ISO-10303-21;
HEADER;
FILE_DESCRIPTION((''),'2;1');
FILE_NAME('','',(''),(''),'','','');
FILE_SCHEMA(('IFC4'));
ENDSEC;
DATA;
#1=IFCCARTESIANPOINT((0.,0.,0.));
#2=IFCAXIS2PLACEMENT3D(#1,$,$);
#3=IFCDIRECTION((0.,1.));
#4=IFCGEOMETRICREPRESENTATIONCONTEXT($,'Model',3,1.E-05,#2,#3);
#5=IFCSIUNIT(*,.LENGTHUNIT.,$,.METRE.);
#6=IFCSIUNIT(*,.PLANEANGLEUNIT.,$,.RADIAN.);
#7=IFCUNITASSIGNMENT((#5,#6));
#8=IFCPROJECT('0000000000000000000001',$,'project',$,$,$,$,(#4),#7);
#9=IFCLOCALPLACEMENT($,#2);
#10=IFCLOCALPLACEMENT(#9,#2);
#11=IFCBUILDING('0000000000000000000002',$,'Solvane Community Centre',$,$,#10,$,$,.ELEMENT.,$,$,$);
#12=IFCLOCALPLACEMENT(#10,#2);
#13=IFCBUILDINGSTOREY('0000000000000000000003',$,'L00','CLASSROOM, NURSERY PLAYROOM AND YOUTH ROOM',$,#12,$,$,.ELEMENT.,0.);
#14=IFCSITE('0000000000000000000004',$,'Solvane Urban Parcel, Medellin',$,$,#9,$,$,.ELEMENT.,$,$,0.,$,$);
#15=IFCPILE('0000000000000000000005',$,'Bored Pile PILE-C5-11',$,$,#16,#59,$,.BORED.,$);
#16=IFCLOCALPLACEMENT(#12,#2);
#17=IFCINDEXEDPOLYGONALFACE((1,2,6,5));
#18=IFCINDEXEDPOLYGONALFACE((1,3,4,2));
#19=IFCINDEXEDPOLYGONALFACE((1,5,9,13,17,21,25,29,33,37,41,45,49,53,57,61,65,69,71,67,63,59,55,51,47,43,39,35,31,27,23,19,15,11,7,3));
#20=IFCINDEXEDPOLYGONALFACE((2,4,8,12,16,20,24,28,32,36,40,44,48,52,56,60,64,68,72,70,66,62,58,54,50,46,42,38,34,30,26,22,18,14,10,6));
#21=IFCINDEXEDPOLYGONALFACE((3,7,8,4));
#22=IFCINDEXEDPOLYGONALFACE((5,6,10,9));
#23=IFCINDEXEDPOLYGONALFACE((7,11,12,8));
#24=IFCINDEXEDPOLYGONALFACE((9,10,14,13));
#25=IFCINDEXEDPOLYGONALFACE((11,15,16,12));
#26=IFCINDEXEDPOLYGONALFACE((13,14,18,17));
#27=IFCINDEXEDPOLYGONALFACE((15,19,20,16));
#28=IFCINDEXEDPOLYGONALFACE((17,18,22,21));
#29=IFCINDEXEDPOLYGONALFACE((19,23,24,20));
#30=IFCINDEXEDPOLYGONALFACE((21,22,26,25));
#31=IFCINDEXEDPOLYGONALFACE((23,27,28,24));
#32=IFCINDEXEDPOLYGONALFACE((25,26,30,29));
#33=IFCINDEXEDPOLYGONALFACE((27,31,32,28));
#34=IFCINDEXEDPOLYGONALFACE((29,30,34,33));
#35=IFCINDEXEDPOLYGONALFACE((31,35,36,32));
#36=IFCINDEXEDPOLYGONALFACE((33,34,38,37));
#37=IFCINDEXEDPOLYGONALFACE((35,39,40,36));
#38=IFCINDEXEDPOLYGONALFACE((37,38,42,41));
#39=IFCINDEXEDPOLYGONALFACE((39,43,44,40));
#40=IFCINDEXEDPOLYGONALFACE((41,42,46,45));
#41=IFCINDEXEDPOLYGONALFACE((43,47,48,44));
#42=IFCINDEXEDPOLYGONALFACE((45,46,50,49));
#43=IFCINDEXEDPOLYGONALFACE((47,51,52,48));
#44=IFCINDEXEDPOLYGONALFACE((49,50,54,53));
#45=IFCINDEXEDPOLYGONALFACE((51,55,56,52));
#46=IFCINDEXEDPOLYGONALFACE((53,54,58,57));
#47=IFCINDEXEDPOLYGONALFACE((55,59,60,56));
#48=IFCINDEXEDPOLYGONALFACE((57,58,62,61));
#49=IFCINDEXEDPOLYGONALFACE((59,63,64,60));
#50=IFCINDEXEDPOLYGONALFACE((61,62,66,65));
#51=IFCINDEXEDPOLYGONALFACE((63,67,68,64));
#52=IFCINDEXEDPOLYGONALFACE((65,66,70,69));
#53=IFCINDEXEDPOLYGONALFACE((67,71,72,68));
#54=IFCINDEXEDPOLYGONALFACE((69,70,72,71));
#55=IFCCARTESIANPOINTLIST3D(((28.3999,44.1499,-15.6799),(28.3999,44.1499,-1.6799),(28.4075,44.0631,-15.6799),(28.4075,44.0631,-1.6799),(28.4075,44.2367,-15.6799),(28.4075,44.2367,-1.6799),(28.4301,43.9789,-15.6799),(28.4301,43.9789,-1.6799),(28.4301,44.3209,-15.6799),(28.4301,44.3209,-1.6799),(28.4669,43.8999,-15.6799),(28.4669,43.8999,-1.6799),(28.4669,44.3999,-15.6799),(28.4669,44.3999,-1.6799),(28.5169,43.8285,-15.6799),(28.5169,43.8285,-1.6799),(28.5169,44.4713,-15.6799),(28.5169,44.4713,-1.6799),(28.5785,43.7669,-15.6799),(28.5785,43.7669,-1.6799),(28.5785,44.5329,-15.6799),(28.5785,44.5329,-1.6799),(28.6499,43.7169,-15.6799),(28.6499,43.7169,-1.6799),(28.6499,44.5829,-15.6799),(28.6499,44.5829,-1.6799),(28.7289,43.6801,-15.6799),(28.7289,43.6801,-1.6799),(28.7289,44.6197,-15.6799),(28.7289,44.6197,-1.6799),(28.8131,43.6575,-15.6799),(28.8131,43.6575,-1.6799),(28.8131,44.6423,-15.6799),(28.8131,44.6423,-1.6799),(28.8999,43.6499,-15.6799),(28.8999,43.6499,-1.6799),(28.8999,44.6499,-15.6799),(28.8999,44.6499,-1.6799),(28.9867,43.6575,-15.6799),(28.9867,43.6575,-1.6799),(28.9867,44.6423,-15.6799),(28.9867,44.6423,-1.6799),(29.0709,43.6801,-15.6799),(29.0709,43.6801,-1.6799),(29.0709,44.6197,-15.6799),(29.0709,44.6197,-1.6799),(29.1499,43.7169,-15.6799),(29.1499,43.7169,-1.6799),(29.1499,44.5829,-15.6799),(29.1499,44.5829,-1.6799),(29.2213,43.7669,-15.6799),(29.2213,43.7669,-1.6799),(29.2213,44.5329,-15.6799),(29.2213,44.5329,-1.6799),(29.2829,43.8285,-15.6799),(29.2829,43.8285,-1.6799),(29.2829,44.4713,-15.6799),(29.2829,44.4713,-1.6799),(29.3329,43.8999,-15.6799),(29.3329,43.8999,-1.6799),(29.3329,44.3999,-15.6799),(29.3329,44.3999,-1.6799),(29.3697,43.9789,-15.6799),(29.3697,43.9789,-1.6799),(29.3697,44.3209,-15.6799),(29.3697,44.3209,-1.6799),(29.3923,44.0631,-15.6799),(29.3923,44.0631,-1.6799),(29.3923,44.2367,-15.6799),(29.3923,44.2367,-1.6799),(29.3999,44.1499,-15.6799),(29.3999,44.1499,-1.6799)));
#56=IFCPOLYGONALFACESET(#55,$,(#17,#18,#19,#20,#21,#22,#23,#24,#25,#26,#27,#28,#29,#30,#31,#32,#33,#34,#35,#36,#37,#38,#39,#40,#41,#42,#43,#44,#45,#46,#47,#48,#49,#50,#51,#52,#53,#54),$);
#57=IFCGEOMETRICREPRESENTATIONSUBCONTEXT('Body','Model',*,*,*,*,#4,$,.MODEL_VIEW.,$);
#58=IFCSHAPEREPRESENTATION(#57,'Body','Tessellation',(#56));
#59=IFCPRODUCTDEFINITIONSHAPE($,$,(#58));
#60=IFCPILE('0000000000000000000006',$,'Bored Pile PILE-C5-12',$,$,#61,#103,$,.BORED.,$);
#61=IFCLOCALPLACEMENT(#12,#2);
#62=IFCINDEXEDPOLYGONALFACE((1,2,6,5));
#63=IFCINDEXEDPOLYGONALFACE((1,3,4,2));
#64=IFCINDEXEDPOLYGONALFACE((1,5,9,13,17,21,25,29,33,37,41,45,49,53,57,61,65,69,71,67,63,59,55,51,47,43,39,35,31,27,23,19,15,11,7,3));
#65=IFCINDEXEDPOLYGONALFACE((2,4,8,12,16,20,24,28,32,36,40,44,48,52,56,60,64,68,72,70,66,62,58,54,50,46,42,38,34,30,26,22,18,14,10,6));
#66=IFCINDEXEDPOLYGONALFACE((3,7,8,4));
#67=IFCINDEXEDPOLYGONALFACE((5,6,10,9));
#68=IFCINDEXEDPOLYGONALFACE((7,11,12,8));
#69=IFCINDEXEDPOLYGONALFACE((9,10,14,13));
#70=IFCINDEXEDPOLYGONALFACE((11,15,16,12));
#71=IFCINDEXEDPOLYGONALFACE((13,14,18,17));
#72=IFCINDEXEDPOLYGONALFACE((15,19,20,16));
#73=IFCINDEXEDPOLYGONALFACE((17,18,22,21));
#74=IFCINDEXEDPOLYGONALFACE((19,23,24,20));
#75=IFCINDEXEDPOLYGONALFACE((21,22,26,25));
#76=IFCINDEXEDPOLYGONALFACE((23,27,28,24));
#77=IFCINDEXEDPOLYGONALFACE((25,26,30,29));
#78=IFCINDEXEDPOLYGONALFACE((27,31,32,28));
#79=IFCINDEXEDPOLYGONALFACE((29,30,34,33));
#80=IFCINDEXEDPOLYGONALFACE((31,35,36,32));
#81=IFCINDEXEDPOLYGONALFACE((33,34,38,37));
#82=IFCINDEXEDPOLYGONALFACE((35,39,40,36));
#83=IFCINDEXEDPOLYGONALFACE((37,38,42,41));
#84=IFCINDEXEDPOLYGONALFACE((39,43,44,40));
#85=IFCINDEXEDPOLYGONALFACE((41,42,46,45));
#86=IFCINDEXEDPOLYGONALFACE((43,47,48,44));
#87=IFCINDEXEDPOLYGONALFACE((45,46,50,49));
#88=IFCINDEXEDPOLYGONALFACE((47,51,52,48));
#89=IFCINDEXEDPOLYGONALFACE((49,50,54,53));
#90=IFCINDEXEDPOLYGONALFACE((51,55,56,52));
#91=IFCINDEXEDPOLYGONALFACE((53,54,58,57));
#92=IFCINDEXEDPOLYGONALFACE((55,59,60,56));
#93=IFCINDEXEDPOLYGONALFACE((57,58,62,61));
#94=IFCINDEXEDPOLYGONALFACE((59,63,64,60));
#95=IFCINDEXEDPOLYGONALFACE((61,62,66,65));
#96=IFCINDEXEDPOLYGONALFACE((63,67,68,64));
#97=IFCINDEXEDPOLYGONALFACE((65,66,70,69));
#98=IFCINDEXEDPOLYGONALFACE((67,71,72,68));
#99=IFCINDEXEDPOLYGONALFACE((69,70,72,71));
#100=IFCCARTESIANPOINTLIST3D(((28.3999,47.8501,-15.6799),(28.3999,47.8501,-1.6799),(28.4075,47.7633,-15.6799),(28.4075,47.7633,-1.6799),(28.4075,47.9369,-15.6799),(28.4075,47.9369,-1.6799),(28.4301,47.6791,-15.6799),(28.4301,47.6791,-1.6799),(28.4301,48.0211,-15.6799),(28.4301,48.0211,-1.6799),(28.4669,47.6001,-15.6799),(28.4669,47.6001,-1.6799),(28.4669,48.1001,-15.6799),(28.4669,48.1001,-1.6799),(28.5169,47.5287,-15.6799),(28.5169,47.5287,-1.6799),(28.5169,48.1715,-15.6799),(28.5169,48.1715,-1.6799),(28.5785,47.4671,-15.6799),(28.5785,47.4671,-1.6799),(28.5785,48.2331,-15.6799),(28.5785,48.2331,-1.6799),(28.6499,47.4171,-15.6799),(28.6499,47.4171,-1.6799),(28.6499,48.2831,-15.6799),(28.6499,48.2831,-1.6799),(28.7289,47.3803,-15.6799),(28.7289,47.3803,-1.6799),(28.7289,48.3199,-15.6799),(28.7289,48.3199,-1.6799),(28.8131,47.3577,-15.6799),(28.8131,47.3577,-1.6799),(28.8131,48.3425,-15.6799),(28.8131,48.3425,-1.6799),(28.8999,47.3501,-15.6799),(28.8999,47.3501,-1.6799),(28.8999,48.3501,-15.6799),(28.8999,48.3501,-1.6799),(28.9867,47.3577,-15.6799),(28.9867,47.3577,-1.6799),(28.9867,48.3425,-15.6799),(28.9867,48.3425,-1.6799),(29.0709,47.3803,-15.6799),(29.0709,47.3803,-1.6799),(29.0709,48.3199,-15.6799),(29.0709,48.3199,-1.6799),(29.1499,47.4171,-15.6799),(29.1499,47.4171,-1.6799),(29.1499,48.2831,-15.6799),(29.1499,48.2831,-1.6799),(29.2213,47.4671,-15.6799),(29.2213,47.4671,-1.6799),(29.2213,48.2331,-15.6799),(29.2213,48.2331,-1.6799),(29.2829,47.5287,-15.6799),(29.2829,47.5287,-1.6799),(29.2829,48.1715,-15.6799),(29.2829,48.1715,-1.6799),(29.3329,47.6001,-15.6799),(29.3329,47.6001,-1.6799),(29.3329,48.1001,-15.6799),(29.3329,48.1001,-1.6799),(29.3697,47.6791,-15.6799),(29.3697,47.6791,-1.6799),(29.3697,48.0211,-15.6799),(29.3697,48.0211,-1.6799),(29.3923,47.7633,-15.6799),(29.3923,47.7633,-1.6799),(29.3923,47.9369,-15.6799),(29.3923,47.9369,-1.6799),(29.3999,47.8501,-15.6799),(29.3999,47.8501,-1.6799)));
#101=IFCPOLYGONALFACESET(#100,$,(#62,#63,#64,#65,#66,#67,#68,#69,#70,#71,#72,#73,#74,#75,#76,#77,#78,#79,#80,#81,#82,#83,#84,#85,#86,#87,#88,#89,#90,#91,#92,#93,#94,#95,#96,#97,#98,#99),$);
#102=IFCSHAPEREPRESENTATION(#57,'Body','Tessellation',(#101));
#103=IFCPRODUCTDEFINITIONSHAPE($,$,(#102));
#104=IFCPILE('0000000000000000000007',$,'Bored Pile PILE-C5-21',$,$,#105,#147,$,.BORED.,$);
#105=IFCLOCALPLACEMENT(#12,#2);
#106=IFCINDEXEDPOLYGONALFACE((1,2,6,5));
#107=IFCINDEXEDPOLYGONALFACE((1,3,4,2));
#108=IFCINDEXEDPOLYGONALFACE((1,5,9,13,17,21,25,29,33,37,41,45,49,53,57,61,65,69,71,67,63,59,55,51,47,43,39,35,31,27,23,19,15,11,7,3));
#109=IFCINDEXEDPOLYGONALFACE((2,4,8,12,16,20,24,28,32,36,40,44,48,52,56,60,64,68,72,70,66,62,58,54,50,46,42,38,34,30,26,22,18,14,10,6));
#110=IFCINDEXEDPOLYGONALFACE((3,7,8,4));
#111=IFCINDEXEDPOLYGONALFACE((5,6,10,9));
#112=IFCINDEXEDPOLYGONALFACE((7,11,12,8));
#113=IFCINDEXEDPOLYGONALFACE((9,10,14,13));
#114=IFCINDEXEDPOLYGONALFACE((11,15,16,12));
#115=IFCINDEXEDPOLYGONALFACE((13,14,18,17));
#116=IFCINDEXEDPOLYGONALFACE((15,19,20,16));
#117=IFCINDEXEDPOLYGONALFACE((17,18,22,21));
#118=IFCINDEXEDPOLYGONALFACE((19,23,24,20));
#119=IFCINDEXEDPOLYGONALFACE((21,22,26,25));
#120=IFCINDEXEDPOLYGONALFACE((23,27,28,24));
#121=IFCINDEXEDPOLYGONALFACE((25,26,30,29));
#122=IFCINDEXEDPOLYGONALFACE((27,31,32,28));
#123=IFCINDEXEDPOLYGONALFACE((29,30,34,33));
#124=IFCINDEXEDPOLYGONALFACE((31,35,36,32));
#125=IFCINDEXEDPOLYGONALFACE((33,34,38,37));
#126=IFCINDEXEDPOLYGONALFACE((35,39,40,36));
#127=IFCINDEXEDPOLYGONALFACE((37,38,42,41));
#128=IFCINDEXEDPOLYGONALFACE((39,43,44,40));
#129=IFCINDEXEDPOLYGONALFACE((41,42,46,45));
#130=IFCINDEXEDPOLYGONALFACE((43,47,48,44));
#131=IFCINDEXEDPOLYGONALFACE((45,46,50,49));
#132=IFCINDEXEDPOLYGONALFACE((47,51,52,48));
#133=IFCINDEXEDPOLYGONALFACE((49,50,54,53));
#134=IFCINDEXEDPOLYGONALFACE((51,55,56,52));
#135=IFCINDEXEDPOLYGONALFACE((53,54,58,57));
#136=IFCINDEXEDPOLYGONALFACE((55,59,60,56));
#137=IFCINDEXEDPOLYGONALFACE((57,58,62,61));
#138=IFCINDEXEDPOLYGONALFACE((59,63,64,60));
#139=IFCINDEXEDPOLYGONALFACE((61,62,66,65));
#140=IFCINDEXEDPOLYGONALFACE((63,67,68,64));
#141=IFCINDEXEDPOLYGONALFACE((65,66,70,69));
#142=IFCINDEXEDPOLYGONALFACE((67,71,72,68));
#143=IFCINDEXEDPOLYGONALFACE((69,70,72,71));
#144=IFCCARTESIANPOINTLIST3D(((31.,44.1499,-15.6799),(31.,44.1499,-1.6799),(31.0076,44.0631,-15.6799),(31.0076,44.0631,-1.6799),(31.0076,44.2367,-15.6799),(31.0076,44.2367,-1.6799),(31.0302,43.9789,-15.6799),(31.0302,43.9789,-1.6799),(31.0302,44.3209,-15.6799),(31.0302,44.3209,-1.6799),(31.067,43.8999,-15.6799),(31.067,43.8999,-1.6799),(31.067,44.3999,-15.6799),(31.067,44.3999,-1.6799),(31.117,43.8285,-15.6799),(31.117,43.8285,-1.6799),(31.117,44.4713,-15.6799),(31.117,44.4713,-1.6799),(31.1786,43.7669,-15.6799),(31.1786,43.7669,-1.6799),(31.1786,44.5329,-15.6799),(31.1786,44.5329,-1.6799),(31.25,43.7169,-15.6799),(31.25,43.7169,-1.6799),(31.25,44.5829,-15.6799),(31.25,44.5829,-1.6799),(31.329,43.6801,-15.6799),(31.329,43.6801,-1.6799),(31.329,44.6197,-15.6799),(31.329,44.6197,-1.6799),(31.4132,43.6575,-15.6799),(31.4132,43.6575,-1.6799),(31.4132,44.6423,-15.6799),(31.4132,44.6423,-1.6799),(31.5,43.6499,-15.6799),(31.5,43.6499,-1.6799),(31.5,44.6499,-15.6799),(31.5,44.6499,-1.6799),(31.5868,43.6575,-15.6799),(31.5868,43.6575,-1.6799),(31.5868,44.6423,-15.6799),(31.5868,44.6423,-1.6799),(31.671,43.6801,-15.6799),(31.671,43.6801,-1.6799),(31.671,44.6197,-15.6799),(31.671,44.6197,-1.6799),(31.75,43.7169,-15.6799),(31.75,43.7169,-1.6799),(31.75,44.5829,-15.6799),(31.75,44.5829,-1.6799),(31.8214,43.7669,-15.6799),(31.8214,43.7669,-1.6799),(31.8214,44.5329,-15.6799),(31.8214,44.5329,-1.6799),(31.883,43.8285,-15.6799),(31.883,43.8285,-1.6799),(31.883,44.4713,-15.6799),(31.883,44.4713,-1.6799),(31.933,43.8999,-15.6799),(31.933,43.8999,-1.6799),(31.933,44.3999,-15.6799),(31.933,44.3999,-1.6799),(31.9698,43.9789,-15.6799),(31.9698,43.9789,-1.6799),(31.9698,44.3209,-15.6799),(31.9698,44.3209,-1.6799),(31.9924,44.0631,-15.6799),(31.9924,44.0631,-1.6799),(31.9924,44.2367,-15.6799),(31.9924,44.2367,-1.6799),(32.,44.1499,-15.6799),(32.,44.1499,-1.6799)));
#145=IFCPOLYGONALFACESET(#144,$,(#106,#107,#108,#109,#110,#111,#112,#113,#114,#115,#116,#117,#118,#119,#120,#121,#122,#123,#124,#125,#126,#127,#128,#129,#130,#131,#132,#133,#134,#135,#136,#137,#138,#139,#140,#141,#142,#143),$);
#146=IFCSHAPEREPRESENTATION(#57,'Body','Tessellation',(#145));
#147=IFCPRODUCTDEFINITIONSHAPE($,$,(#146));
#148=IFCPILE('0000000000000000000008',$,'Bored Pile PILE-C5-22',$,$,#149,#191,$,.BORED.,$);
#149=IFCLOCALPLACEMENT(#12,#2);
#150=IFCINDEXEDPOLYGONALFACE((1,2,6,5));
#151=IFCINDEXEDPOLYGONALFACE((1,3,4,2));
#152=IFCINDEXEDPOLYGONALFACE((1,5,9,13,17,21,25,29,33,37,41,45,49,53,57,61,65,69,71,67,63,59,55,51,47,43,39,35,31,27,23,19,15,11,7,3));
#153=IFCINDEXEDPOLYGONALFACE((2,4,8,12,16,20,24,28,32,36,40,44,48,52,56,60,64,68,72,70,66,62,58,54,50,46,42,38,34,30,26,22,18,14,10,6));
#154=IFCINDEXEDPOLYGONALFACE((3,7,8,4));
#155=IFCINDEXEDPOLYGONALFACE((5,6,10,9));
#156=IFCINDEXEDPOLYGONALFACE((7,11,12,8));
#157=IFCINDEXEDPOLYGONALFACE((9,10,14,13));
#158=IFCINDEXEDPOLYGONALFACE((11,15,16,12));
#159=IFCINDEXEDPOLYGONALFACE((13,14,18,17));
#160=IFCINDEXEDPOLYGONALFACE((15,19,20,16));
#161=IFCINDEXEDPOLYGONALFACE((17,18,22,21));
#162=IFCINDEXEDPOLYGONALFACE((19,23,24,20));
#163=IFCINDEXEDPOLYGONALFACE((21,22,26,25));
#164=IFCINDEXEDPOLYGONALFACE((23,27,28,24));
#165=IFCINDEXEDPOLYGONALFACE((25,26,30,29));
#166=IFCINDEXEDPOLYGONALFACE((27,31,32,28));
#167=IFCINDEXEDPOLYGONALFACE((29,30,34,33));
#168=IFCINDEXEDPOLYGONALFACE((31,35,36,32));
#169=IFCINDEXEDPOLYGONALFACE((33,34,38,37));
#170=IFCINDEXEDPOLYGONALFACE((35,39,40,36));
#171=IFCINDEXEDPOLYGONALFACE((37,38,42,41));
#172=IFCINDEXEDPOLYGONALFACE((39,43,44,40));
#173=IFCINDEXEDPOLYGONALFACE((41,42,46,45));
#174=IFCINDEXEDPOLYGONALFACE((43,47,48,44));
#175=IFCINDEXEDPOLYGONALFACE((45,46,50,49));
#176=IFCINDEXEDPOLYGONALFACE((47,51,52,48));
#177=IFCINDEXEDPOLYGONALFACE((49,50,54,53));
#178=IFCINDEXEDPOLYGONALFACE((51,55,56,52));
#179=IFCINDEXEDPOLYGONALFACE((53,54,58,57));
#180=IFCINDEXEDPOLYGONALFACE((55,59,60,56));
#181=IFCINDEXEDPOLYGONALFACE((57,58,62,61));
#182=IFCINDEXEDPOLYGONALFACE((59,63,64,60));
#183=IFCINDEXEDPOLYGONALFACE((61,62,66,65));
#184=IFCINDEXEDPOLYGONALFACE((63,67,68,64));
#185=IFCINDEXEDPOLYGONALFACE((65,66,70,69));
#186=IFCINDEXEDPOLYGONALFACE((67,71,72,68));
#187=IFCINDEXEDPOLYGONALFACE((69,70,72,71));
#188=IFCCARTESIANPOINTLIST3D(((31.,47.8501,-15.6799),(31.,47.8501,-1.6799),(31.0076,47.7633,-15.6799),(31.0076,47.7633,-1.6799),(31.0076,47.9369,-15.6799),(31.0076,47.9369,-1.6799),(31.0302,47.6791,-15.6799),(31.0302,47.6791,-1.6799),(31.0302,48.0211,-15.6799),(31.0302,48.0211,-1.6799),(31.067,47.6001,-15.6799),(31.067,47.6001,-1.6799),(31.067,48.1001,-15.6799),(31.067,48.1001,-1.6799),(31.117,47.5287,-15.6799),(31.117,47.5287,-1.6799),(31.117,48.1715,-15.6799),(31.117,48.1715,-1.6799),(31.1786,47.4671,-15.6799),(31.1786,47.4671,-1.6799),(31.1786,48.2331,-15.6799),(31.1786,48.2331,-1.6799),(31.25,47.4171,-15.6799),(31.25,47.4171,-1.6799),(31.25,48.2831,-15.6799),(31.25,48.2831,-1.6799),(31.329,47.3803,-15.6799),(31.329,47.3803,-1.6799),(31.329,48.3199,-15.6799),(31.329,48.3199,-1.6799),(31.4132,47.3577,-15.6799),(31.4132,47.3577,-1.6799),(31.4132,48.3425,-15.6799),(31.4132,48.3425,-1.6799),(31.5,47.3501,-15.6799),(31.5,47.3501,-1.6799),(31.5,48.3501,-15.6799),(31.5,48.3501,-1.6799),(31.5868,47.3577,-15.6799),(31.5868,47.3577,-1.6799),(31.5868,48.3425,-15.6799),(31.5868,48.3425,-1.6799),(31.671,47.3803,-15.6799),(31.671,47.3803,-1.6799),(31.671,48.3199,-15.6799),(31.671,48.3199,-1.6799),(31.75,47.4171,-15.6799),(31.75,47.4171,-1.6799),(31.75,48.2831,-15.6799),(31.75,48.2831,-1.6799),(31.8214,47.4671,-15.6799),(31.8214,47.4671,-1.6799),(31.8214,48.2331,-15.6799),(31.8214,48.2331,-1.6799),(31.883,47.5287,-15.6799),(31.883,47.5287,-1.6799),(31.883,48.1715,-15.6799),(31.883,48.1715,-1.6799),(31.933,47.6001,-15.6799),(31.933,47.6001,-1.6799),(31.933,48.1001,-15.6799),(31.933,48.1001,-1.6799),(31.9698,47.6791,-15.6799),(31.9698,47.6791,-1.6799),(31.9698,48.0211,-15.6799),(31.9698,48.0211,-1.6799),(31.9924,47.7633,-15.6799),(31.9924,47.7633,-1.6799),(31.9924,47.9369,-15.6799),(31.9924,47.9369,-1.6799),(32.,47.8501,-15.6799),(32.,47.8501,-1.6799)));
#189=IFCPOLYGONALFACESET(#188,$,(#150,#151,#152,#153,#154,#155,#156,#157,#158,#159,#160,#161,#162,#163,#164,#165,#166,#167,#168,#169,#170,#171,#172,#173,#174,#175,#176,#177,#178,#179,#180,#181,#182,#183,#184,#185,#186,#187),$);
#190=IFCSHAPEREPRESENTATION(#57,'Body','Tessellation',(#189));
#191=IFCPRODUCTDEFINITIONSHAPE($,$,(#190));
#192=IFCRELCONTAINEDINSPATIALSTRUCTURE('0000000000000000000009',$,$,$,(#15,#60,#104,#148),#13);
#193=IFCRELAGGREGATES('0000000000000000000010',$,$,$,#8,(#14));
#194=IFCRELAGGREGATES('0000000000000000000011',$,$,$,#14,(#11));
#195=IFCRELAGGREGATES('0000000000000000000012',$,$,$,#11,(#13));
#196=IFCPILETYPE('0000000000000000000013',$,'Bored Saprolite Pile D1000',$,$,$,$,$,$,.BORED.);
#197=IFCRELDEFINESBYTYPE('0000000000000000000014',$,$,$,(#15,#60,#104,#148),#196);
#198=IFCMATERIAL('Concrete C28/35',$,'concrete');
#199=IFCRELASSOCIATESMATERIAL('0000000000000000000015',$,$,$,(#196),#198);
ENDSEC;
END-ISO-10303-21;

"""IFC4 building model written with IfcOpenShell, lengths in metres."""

from ifc_helpers import new_model, si_unit, direction, frame, origin, origin_2d, place, context, subcontext, project, spatial, circle, extrude, material, material_profile, profile_set, type_object, element, save


model = new_model("IFC4")

# Units and contexts
model_context = context("Model", 3, precision=1e-05, world=origin(), true_north=direction((0.0, 1.0)))
body_context = subcontext(model_context, "Body", "Model", "MODEL_VIEW")
ifc_project = project(units=[si_unit("LENGTHUNIT", "METRE"), si_unit("PLANEANGLEUNIT", "RADIAN")], contexts=[model_context])

# Site, building, storey
site_placement = place(None, origin())
site = spatial("IfcSite", under=ifc_project, at=site_placement, Name="Solvane Urban Parcel, Medellin", CompositionType="ELEMENT", RefElevation=0.0)
building_placement = place(site_placement, origin())
building = spatial("IfcBuilding", under=site, at=building_placement, Name="Solvane Community Centre", CompositionType="ELEMENT")
storey_placement = place(building_placement, origin())
storey = spatial("IfcBuildingStorey", under=building, at=storey_placement, Name="L00", Description="CLASSROOM, NURSERY PLAYROOM AND YOUTH ROOM", CompositionType="ELEMENT", Elevation=0.0)

# Piles
ifc_material_1 = material(Name="Concrete C28/35", Category="concrete")
ifc_material_profile_1 = material_profile(ifc_material_1, circle(Radius=0.5, at=origin_2d()), Name="PILE D1000")
ifc_profile_set_1 = profile_set([ifc_material_profile_1], Name="Concrete C28/35")
pile_type_1 = type_object("IfcPileType", Name="Bored Saprolite Pile D1000", PredefinedType="BORED", material=ifc_profile_set_1)
for number, where, z_axis, x_axis, name in (
    (1, (28.8999, 44.1499, -1.6799), (0.0, 0.0, -1.0), (1.0, 0.0, 0.0), "Bored Pile PILE-C5-11"),
    (2, (28.8999, 47.8501, -1.6799), (0.0, 0.0, -1.0), (1.0, 0.0, 0.0), "Bored Pile PILE-C5-12"),
    (3, (31.5, 44.1499, -1.6799), (0.0, 0.0, -1.0), (1.0, 0.0, 0.0), "Bored Pile PILE-C5-21"),
    (4, (31.5, 47.8501, -1.6799), (0.0, 0.0, -1.0), (1.0, 0.0, 0.0), "Bored Pile PILE-C5-22"),
):
    element("IfcPile", number, at=place(storey_placement, frame(where, z_axis=z_axis, x_axis=x_axis)), inside=storey, type_object=pile_type_1, Name=name, PredefinedType="BORED", context=body_context, shape_type="SweptSolid", body=[
        extrude(circle(Radius=0.5, at=origin_2d()), origin(), (0.0, 0.0, 1.0), 14.0),
    ])

save(model, "model.ifc")
